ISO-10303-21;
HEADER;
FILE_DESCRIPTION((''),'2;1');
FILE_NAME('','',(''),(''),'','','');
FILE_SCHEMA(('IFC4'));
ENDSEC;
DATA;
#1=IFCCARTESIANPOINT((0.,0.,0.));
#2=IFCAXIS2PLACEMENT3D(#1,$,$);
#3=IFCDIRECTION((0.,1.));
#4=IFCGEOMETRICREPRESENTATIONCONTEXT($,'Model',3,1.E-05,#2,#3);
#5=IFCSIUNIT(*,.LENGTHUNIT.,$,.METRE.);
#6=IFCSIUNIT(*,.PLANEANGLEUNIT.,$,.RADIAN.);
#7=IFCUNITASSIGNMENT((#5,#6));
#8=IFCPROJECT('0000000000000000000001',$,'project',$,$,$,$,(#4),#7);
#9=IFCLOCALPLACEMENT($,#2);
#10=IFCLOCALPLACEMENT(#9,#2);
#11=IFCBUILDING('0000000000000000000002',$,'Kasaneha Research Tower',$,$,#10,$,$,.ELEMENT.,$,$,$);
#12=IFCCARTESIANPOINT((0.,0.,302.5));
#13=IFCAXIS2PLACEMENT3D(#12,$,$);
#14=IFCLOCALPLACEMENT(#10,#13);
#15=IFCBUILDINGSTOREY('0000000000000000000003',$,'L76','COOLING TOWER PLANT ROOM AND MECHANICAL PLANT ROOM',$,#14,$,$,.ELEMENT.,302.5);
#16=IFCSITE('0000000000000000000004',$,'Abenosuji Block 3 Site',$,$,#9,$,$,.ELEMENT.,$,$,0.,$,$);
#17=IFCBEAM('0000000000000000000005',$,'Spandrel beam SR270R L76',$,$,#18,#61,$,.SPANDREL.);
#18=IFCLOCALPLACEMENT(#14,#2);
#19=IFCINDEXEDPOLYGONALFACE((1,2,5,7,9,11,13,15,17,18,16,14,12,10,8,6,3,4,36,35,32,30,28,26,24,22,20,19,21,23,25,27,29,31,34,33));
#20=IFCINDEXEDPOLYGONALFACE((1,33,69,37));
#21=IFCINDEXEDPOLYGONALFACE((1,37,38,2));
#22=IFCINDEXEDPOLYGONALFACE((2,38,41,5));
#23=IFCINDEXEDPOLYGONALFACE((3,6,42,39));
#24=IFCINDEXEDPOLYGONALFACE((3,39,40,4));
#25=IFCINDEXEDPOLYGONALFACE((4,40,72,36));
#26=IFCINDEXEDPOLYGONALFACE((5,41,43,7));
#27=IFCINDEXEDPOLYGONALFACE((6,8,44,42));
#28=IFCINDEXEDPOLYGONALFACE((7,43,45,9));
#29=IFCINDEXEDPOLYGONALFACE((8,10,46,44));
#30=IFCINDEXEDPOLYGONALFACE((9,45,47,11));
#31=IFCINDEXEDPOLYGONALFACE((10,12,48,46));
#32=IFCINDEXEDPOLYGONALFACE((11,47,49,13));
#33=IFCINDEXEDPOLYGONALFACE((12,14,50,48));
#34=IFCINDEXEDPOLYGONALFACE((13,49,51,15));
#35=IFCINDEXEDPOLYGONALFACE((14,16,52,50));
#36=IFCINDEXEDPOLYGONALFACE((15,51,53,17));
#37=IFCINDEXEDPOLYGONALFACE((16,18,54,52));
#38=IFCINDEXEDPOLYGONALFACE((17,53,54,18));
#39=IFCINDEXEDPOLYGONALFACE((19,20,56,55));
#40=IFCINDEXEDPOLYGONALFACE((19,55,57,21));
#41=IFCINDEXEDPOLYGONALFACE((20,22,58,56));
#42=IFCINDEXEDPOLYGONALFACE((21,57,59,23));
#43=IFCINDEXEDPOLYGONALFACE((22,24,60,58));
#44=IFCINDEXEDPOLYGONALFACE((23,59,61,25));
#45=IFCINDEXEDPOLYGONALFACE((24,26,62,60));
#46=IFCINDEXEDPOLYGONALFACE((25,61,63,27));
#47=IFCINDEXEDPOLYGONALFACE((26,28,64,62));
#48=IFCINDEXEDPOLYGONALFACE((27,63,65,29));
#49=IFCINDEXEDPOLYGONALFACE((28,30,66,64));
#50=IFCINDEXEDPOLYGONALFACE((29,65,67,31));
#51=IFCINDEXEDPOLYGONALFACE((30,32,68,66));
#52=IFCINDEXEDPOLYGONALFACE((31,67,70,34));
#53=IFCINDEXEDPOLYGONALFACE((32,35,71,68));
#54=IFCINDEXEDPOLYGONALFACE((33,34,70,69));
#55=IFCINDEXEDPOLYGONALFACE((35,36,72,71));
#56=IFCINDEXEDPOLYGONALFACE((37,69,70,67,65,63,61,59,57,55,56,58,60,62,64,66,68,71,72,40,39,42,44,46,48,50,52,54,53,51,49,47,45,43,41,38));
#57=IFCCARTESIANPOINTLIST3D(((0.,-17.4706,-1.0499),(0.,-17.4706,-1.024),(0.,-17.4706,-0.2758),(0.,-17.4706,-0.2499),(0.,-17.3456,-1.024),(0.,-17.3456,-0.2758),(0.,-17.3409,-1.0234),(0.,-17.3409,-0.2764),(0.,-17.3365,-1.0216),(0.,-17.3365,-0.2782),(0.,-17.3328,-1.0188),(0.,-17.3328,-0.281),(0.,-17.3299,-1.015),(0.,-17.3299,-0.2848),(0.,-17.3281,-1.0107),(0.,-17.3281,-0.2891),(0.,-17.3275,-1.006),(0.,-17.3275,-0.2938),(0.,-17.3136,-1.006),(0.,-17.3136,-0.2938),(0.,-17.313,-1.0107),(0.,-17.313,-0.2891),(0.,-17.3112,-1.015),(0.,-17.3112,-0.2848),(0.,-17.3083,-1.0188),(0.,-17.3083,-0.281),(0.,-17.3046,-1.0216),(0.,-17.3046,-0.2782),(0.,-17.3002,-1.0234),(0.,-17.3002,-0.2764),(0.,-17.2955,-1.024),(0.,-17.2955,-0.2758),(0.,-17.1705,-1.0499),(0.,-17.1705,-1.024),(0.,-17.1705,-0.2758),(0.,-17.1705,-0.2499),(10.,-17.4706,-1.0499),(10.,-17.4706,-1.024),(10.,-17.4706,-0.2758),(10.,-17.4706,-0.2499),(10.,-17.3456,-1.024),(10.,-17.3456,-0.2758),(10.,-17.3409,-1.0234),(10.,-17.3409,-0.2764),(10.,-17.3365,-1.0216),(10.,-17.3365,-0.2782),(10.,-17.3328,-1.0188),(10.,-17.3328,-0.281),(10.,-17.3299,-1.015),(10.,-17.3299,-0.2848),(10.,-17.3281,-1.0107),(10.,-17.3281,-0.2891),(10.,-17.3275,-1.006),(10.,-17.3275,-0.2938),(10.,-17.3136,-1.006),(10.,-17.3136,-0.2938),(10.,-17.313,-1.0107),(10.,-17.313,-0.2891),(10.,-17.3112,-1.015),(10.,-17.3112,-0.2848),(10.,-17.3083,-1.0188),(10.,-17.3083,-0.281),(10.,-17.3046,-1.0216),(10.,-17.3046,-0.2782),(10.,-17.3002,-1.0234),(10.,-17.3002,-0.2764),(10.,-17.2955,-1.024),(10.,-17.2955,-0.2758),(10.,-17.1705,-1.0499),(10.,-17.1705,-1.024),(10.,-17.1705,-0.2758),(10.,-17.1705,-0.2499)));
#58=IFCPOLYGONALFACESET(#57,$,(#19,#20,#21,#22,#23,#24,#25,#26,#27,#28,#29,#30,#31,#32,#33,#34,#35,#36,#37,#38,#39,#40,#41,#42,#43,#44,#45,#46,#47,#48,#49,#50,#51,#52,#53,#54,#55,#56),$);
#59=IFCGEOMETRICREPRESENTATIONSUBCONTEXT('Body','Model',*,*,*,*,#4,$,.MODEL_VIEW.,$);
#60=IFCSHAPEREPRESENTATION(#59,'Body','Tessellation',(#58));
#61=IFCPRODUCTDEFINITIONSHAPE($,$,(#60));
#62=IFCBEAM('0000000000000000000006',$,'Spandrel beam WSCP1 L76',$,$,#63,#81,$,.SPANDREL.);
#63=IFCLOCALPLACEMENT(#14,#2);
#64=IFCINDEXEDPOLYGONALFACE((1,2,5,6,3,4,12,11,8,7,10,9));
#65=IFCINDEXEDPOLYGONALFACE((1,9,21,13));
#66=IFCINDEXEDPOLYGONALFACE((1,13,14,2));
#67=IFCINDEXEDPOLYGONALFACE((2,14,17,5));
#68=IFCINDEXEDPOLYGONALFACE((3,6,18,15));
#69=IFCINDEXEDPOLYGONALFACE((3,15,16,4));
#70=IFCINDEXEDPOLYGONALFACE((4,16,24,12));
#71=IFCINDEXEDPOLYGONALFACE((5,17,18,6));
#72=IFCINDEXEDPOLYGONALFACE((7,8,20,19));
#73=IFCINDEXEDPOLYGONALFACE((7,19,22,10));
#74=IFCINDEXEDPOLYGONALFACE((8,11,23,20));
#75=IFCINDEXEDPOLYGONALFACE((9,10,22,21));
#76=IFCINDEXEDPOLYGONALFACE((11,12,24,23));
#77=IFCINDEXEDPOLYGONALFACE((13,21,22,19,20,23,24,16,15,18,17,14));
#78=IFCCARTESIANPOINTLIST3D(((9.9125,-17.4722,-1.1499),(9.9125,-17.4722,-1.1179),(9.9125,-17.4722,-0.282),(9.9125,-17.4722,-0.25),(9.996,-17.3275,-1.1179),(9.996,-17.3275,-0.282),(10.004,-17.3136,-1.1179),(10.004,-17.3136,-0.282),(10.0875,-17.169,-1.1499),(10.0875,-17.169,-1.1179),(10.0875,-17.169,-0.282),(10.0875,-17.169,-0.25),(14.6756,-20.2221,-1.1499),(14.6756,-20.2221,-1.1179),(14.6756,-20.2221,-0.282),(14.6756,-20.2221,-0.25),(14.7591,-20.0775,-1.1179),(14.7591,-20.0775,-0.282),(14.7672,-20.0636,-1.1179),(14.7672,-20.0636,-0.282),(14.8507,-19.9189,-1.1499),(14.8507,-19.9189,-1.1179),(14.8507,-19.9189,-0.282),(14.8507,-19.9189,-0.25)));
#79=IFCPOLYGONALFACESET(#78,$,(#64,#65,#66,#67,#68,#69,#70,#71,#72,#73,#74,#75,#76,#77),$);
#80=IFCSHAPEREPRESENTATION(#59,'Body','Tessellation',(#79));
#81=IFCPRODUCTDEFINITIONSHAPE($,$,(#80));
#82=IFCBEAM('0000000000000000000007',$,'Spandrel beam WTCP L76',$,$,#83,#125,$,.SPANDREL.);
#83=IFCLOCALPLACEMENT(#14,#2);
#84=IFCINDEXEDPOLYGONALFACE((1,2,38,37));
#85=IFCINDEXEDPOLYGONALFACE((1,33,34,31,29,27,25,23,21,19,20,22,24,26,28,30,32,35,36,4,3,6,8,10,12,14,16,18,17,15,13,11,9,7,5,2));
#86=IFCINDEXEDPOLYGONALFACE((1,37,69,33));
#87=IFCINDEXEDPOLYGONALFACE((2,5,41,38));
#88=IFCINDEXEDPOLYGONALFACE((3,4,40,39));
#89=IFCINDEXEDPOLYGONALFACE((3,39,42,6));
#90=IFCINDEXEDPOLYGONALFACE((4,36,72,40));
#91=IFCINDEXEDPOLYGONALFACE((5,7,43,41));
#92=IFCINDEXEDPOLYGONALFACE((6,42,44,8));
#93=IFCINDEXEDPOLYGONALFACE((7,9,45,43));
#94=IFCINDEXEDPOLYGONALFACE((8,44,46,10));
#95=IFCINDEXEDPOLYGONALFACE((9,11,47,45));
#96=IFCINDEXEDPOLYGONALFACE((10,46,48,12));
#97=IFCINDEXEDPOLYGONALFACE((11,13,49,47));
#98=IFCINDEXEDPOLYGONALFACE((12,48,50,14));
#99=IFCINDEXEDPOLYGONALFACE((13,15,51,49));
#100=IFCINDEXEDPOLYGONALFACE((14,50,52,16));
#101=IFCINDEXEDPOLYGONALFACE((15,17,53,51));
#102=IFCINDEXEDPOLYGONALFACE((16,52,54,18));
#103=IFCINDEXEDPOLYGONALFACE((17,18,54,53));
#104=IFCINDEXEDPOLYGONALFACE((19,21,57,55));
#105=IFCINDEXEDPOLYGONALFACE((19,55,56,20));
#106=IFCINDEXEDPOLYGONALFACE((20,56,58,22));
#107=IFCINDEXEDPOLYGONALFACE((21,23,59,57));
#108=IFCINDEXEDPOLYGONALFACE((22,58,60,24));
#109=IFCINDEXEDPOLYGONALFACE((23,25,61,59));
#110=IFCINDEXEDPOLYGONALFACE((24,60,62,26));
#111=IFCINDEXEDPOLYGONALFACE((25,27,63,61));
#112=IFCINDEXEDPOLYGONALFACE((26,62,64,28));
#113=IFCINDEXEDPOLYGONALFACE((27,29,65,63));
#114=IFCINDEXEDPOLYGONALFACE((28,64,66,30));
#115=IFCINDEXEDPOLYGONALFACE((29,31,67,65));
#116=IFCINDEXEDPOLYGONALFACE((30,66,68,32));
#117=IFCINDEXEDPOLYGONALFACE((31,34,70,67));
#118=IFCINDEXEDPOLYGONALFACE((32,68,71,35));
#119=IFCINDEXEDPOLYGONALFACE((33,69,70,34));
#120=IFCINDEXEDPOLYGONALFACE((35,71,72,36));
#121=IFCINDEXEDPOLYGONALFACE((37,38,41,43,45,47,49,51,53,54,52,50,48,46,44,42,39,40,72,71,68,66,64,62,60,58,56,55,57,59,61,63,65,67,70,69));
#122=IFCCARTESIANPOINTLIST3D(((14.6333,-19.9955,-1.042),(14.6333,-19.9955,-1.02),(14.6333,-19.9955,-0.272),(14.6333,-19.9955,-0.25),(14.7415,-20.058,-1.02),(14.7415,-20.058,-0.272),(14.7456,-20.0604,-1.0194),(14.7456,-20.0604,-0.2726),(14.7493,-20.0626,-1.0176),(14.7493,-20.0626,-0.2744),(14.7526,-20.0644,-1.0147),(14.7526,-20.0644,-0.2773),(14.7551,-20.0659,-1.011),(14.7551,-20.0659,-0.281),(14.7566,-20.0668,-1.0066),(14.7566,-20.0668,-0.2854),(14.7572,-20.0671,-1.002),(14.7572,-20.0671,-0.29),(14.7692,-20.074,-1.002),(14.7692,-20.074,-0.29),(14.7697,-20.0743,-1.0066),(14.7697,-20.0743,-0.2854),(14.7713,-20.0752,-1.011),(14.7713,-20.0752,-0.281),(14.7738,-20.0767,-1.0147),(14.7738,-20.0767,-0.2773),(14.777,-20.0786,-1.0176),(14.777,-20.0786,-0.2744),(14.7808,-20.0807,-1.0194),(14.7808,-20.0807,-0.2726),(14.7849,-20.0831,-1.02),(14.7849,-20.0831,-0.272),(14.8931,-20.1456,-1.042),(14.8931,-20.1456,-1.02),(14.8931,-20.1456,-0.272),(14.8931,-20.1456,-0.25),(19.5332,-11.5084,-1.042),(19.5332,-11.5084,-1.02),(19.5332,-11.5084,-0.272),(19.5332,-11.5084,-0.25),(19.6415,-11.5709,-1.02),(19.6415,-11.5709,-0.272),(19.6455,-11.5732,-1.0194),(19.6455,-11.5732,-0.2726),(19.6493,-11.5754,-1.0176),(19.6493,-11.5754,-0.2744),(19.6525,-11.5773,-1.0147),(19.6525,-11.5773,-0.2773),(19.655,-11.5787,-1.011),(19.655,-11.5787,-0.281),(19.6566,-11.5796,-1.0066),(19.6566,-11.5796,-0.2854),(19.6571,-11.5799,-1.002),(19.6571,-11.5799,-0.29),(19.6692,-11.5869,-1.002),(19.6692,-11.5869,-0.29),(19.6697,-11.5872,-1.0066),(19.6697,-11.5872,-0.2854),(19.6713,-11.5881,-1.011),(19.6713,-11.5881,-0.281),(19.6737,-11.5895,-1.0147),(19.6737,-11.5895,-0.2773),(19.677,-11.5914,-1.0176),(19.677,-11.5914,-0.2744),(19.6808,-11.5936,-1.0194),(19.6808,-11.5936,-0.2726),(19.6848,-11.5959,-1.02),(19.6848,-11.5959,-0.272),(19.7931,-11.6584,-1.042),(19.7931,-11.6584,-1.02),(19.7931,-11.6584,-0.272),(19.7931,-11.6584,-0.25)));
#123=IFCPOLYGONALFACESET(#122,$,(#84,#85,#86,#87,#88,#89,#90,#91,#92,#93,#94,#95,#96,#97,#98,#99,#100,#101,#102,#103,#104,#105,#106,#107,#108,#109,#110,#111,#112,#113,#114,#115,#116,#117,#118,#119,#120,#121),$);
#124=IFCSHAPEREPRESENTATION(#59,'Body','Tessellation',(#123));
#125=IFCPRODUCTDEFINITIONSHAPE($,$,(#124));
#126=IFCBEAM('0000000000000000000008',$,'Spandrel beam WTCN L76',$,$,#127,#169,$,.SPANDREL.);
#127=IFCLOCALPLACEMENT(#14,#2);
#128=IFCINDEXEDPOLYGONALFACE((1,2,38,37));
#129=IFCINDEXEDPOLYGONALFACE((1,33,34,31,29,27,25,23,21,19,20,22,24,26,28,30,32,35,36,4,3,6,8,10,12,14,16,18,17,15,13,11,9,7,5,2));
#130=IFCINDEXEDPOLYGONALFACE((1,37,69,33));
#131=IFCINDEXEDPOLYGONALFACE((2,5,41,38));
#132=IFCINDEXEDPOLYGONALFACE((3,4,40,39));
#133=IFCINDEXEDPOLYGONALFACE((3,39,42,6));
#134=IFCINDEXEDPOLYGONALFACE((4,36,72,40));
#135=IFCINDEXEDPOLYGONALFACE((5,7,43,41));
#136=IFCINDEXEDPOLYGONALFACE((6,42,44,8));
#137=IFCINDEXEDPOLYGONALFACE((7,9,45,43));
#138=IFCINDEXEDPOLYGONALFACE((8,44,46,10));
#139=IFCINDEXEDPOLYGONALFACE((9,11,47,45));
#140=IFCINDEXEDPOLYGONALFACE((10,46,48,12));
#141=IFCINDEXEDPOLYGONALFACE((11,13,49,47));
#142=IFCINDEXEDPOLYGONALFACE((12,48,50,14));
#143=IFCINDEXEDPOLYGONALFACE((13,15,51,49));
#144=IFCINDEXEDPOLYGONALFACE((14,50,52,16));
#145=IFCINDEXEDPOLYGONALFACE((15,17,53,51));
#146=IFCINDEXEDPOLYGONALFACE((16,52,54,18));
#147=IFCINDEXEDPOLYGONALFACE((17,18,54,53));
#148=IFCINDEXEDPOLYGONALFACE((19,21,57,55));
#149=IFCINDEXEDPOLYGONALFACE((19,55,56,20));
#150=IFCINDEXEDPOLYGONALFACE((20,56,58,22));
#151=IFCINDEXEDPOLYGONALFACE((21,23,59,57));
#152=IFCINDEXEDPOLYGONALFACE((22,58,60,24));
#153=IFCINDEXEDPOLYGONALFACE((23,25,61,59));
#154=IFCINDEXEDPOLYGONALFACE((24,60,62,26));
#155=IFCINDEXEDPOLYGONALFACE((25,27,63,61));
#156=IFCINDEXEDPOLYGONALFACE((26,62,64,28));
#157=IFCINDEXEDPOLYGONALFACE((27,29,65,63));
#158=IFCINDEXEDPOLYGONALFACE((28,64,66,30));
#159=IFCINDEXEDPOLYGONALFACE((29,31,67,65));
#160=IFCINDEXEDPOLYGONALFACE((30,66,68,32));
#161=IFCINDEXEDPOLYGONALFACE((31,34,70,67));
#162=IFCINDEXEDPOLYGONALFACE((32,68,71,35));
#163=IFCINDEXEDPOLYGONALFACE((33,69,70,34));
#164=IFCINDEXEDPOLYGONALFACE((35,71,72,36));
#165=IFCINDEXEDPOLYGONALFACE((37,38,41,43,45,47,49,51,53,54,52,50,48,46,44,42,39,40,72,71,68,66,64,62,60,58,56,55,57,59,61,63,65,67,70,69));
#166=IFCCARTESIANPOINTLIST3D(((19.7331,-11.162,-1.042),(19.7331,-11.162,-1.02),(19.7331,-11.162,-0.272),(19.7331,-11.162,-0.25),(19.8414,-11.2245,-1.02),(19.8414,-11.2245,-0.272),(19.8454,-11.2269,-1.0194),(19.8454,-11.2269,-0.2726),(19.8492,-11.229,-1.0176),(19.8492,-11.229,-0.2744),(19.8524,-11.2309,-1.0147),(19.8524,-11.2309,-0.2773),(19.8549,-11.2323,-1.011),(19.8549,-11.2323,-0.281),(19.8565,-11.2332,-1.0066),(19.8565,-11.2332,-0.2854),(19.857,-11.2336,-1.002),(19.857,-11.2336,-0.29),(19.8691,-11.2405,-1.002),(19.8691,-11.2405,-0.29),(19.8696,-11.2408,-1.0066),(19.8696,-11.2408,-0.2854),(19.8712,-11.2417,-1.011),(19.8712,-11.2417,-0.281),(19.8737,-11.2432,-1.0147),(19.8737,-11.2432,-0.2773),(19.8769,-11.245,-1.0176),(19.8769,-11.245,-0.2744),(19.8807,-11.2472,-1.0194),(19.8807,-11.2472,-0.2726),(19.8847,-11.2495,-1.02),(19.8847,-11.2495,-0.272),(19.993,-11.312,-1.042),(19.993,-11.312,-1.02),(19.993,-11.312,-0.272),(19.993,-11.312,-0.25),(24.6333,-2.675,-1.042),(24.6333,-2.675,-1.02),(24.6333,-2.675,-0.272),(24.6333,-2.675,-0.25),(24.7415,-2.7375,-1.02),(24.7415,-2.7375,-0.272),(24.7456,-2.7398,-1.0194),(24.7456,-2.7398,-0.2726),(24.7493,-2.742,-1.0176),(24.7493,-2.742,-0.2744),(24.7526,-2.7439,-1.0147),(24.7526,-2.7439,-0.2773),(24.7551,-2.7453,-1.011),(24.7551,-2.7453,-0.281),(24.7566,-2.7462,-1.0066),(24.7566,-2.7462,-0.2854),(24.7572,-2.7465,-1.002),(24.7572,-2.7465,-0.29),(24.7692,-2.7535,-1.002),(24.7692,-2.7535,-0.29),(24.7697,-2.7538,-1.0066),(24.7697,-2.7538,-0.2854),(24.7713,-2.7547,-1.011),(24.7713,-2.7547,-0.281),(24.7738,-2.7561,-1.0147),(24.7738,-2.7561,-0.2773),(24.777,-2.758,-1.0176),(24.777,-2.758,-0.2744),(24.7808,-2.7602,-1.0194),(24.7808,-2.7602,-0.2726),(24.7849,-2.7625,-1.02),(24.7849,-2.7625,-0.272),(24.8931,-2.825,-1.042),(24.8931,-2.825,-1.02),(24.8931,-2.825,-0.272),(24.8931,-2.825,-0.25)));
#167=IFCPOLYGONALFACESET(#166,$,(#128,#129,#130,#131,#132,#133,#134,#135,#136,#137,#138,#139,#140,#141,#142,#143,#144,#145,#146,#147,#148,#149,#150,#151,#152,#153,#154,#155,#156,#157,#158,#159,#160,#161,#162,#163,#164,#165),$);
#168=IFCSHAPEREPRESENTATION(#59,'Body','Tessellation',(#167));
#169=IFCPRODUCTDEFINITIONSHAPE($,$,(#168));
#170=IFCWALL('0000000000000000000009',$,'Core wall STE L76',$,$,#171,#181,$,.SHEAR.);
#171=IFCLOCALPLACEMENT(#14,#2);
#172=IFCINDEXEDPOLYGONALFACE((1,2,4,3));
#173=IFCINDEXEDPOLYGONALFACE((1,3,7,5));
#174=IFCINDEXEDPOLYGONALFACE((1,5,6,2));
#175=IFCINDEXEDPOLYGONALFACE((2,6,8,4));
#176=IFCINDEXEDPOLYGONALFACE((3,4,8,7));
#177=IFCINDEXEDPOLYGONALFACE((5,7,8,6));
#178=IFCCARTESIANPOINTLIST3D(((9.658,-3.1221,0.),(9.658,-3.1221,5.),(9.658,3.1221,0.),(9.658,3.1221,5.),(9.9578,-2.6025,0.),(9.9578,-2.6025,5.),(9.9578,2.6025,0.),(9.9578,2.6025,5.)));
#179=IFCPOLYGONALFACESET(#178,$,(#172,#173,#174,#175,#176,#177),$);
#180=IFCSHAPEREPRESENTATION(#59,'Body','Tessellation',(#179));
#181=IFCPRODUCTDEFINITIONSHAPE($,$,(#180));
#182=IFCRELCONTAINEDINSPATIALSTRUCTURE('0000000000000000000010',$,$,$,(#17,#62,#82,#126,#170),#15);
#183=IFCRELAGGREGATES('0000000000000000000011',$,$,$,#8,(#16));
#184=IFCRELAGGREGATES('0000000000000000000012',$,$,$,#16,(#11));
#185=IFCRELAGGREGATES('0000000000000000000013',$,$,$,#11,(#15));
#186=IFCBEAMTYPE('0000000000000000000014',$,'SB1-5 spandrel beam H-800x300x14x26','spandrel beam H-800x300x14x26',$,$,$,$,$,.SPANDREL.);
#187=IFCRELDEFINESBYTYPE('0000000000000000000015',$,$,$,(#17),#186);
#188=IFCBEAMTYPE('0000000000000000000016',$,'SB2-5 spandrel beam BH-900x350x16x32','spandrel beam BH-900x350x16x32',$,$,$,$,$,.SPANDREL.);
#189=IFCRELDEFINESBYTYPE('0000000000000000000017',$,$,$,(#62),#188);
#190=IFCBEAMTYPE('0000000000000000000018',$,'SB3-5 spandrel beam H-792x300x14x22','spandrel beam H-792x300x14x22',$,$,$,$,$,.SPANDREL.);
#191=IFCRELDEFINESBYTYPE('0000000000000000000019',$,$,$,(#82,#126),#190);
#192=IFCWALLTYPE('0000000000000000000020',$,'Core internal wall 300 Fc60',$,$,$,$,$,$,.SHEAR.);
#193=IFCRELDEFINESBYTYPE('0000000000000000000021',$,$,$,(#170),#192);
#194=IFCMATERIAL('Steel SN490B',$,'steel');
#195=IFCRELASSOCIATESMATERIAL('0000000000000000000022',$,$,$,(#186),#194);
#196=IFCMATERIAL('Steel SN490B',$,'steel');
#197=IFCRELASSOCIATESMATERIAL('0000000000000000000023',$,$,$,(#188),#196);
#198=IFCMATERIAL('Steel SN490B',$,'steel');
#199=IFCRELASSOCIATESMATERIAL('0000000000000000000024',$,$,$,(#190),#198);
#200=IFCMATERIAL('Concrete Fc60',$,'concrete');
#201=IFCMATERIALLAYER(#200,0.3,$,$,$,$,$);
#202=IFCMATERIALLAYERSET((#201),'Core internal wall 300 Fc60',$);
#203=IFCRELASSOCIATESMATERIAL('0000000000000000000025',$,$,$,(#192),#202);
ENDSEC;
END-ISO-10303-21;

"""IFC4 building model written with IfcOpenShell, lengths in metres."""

from ifc_helpers import new_model, si_unit, direction, frame, origin, origin_2d, place, context, subcontext, project, spatial, polyline, i_section, outline, extrude, material, layer, layer_set, material_profile, profile_set, type_object, element, save


model = new_model("IFC4")

# Units and contexts
model_context = context("Model", 3, precision=1e-05, world=origin(), true_north=direction((0.0, 1.0)))
body_context = subcontext(model_context, "Body", "Model", "MODEL_VIEW")
ifc_project = project(units=[si_unit("LENGTHUNIT", "METRE"), si_unit("PLANEANGLEUNIT", "RADIAN")], contexts=[model_context])

# Site, building, storey
site_placement = place(None, origin())
site = spatial("IfcSite", under=ifc_project, at=site_placement, Name="Abenosuji Block 3 Site", CompositionType="ELEMENT", RefElevation=0.0)
building_placement = place(site_placement, origin())
building = spatial("IfcBuilding", under=site, at=building_placement, Name="Kasaneha Research Tower", CompositionType="ELEMENT")
storey_placement = place(building_placement, frame((0.0, 0.0, 302.5)))
storey = spatial("IfcBuildingStorey", under=building, at=storey_placement, Name="L76", Description="COOLING TOWER PLANT ROOM AND MECHANICAL PLANT ROOM", CompositionType="ELEMENT", Elevation=302.5)

# Beams
ifc_material_1 = material(Name="Steel SN490B", Category="steel")
ifc_material_profile_1 = material_profile(ifc_material_1, i_section(OverallWidth=0.3, OverallDepth=0.8, WebThickness=0.0139, FlangeThickness=0.0259, FilletRadius=0.0181, at=origin_2d()), Name="H-800x300x14x26")
ifc_profile_set_1 = profile_set([ifc_material_profile_1], Name="Steel SN490B")
beam_type_1 = type_object("IfcBeamType", Name="SB1-5 spandrel beam H-800x300x14x26", Description="spandrel beam H-800x300x14x26", PredefinedType="SPANDREL", material=ifc_profile_set_1)
beam_1_placement = place(storey_placement, frame((10.0, -17.3206, -0.6499), z_axis=(-1.0, 0.0, 0.0), x_axis=(0.0, -1.0, 0.0)))
element("IfcBeam", 1, at=beam_1_placement, inside=storey, type_object=beam_type_1, Name="Spandrel beam SR270R L76", PredefinedType="SPANDREL", context=body_context, shape_type="SweptSolid", body=[
    extrude(i_section(OverallWidth=0.3, OverallDepth=0.8, WebThickness=0.0139, FlangeThickness=0.0259, FilletRadius=0.0181, at=origin_2d()), origin(), (0.0, 0.0, 1.0), 10.0),
])
ifc_material_2 = material(Name="Steel SN490B", Category="steel")
ifc_material_profile_2 = material_profile(ifc_material_2, i_section(OverallWidth=0.3501, OverallDepth=0.8999, WebThickness=0.0161, FlangeThickness=0.032, at=origin_2d()), Name="BH-900x350x16x32")
ifc_profile_set_2 = profile_set([ifc_material_profile_2], Name="Steel SN490B")
beam_type_2 = type_object("IfcBeamType", Name="SB2-5 spandrel beam BH-900x350x16x32", Description="spandrel beam BH-900x350x16x32", PredefinedType="SPANDREL", material=ifc_profile_set_2)
beam_2_placement = place(storey_placement, frame((10.0, -17.3206, -0.7), z_axis=(0.866027, -0.499997, 0.0), x_axis=(0.499997, 0.866027, 0.0)))
element("IfcBeam", 2, at=beam_2_placement, inside=storey, type_object=beam_type_2, Name="Spandrel beam WSCP1 L76", PredefinedType="SPANDREL", context=body_context, shape_type="SweptSolid", body=[
    extrude(i_section(OverallWidth=0.3501, OverallDepth=0.8999, WebThickness=0.0161, FlangeThickness=0.032, at=origin_2d()), origin(), (0.0, 0.0, 1.0), 5.5),
])
ifc_material_3 = material(Name="Steel SN490B", Category="steel")
ifc_material_profile_3 = material_profile(ifc_material_3, i_section(OverallWidth=0.3, OverallDepth=0.792, WebThickness=0.0139, FlangeThickness=0.022, FilletRadius=0.0181, at=origin_2d()), Name="H-792x300x14x22")
ifc_profile_set_3 = profile_set([ifc_material_profile_3], Name="Steel SN490B")
beam_type_3 = type_object("IfcBeamType", Name="SB3-5 spandrel beam H-792x300x14x22", Description="spandrel beam H-792x300x14x22", PredefinedType="SPANDREL", material=ifc_profile_set_3)
for number, where, z_axis, x_axis, name in (
    (3, (14.7632, -20.0706, -0.646), (0.499992, 0.86603, 0.0), (-0.86603, 0.499992, 0.0), "Spandrel beam WTCP L76"),
    (4, (24.7632, -2.75, -0.646), (-0.500011, -0.866019, 0.0), (0.866019, -0.500011, 0.0), "Spandrel beam WTCN L76"),
):
    element("IfcBeam", number, at=place(storey_placement, frame(where, z_axis=z_axis, x_axis=x_axis)), inside=storey, type_object=beam_type_3, Name=name, PredefinedType="SPANDREL", context=body_context, shape_type="SweptSolid", body=[
        extrude(i_section(OverallWidth=0.3, OverallDepth=0.792, WebThickness=0.0139, FlangeThickness=0.022, FilletRadius=0.0181, at=origin_2d()), origin(), (0.0, 0.0, 1.0), 9.8),
    ])

# Wall
ifc_material_4 = material(Name="Concrete Fc60", Category="concrete")
ifc_layer_1 = layer(ifc_material_4, 0.3)
ifc_layer_set_1 = layer_set([ifc_layer_1], Name="Core internal wall 300 Fc60")
wall_type_1 = type_object("IfcWallType", Name="Core internal wall 300 Fc60", PredefinedType="SHEAR", material=ifc_layer_set_1)
wall_1_placement = place(storey_placement, frame((9.8079, -2.8623, 0.0), z_axis=(0.0, 0.0, 1.0), x_axis=(0.0, 1.0, 0.0)))
element("IfcWall", 5, at=wall_1_placement, inside=storey, type_object=wall_type_1, Name="Core wall STE L76", PredefinedType="SHEAR", context=body_context, shape_type="SweptSolid", body=[
    extrude(outline(polyline([(0.2598, -0.1499), (5.4648, -0.1499), (5.9844, 0.1499), (-0.2598, 0.1499), (0.2598, -0.1499)])), origin(), (0.0, 0.0, 1.0), 5.0),
])

save(model, "model.ifc")
